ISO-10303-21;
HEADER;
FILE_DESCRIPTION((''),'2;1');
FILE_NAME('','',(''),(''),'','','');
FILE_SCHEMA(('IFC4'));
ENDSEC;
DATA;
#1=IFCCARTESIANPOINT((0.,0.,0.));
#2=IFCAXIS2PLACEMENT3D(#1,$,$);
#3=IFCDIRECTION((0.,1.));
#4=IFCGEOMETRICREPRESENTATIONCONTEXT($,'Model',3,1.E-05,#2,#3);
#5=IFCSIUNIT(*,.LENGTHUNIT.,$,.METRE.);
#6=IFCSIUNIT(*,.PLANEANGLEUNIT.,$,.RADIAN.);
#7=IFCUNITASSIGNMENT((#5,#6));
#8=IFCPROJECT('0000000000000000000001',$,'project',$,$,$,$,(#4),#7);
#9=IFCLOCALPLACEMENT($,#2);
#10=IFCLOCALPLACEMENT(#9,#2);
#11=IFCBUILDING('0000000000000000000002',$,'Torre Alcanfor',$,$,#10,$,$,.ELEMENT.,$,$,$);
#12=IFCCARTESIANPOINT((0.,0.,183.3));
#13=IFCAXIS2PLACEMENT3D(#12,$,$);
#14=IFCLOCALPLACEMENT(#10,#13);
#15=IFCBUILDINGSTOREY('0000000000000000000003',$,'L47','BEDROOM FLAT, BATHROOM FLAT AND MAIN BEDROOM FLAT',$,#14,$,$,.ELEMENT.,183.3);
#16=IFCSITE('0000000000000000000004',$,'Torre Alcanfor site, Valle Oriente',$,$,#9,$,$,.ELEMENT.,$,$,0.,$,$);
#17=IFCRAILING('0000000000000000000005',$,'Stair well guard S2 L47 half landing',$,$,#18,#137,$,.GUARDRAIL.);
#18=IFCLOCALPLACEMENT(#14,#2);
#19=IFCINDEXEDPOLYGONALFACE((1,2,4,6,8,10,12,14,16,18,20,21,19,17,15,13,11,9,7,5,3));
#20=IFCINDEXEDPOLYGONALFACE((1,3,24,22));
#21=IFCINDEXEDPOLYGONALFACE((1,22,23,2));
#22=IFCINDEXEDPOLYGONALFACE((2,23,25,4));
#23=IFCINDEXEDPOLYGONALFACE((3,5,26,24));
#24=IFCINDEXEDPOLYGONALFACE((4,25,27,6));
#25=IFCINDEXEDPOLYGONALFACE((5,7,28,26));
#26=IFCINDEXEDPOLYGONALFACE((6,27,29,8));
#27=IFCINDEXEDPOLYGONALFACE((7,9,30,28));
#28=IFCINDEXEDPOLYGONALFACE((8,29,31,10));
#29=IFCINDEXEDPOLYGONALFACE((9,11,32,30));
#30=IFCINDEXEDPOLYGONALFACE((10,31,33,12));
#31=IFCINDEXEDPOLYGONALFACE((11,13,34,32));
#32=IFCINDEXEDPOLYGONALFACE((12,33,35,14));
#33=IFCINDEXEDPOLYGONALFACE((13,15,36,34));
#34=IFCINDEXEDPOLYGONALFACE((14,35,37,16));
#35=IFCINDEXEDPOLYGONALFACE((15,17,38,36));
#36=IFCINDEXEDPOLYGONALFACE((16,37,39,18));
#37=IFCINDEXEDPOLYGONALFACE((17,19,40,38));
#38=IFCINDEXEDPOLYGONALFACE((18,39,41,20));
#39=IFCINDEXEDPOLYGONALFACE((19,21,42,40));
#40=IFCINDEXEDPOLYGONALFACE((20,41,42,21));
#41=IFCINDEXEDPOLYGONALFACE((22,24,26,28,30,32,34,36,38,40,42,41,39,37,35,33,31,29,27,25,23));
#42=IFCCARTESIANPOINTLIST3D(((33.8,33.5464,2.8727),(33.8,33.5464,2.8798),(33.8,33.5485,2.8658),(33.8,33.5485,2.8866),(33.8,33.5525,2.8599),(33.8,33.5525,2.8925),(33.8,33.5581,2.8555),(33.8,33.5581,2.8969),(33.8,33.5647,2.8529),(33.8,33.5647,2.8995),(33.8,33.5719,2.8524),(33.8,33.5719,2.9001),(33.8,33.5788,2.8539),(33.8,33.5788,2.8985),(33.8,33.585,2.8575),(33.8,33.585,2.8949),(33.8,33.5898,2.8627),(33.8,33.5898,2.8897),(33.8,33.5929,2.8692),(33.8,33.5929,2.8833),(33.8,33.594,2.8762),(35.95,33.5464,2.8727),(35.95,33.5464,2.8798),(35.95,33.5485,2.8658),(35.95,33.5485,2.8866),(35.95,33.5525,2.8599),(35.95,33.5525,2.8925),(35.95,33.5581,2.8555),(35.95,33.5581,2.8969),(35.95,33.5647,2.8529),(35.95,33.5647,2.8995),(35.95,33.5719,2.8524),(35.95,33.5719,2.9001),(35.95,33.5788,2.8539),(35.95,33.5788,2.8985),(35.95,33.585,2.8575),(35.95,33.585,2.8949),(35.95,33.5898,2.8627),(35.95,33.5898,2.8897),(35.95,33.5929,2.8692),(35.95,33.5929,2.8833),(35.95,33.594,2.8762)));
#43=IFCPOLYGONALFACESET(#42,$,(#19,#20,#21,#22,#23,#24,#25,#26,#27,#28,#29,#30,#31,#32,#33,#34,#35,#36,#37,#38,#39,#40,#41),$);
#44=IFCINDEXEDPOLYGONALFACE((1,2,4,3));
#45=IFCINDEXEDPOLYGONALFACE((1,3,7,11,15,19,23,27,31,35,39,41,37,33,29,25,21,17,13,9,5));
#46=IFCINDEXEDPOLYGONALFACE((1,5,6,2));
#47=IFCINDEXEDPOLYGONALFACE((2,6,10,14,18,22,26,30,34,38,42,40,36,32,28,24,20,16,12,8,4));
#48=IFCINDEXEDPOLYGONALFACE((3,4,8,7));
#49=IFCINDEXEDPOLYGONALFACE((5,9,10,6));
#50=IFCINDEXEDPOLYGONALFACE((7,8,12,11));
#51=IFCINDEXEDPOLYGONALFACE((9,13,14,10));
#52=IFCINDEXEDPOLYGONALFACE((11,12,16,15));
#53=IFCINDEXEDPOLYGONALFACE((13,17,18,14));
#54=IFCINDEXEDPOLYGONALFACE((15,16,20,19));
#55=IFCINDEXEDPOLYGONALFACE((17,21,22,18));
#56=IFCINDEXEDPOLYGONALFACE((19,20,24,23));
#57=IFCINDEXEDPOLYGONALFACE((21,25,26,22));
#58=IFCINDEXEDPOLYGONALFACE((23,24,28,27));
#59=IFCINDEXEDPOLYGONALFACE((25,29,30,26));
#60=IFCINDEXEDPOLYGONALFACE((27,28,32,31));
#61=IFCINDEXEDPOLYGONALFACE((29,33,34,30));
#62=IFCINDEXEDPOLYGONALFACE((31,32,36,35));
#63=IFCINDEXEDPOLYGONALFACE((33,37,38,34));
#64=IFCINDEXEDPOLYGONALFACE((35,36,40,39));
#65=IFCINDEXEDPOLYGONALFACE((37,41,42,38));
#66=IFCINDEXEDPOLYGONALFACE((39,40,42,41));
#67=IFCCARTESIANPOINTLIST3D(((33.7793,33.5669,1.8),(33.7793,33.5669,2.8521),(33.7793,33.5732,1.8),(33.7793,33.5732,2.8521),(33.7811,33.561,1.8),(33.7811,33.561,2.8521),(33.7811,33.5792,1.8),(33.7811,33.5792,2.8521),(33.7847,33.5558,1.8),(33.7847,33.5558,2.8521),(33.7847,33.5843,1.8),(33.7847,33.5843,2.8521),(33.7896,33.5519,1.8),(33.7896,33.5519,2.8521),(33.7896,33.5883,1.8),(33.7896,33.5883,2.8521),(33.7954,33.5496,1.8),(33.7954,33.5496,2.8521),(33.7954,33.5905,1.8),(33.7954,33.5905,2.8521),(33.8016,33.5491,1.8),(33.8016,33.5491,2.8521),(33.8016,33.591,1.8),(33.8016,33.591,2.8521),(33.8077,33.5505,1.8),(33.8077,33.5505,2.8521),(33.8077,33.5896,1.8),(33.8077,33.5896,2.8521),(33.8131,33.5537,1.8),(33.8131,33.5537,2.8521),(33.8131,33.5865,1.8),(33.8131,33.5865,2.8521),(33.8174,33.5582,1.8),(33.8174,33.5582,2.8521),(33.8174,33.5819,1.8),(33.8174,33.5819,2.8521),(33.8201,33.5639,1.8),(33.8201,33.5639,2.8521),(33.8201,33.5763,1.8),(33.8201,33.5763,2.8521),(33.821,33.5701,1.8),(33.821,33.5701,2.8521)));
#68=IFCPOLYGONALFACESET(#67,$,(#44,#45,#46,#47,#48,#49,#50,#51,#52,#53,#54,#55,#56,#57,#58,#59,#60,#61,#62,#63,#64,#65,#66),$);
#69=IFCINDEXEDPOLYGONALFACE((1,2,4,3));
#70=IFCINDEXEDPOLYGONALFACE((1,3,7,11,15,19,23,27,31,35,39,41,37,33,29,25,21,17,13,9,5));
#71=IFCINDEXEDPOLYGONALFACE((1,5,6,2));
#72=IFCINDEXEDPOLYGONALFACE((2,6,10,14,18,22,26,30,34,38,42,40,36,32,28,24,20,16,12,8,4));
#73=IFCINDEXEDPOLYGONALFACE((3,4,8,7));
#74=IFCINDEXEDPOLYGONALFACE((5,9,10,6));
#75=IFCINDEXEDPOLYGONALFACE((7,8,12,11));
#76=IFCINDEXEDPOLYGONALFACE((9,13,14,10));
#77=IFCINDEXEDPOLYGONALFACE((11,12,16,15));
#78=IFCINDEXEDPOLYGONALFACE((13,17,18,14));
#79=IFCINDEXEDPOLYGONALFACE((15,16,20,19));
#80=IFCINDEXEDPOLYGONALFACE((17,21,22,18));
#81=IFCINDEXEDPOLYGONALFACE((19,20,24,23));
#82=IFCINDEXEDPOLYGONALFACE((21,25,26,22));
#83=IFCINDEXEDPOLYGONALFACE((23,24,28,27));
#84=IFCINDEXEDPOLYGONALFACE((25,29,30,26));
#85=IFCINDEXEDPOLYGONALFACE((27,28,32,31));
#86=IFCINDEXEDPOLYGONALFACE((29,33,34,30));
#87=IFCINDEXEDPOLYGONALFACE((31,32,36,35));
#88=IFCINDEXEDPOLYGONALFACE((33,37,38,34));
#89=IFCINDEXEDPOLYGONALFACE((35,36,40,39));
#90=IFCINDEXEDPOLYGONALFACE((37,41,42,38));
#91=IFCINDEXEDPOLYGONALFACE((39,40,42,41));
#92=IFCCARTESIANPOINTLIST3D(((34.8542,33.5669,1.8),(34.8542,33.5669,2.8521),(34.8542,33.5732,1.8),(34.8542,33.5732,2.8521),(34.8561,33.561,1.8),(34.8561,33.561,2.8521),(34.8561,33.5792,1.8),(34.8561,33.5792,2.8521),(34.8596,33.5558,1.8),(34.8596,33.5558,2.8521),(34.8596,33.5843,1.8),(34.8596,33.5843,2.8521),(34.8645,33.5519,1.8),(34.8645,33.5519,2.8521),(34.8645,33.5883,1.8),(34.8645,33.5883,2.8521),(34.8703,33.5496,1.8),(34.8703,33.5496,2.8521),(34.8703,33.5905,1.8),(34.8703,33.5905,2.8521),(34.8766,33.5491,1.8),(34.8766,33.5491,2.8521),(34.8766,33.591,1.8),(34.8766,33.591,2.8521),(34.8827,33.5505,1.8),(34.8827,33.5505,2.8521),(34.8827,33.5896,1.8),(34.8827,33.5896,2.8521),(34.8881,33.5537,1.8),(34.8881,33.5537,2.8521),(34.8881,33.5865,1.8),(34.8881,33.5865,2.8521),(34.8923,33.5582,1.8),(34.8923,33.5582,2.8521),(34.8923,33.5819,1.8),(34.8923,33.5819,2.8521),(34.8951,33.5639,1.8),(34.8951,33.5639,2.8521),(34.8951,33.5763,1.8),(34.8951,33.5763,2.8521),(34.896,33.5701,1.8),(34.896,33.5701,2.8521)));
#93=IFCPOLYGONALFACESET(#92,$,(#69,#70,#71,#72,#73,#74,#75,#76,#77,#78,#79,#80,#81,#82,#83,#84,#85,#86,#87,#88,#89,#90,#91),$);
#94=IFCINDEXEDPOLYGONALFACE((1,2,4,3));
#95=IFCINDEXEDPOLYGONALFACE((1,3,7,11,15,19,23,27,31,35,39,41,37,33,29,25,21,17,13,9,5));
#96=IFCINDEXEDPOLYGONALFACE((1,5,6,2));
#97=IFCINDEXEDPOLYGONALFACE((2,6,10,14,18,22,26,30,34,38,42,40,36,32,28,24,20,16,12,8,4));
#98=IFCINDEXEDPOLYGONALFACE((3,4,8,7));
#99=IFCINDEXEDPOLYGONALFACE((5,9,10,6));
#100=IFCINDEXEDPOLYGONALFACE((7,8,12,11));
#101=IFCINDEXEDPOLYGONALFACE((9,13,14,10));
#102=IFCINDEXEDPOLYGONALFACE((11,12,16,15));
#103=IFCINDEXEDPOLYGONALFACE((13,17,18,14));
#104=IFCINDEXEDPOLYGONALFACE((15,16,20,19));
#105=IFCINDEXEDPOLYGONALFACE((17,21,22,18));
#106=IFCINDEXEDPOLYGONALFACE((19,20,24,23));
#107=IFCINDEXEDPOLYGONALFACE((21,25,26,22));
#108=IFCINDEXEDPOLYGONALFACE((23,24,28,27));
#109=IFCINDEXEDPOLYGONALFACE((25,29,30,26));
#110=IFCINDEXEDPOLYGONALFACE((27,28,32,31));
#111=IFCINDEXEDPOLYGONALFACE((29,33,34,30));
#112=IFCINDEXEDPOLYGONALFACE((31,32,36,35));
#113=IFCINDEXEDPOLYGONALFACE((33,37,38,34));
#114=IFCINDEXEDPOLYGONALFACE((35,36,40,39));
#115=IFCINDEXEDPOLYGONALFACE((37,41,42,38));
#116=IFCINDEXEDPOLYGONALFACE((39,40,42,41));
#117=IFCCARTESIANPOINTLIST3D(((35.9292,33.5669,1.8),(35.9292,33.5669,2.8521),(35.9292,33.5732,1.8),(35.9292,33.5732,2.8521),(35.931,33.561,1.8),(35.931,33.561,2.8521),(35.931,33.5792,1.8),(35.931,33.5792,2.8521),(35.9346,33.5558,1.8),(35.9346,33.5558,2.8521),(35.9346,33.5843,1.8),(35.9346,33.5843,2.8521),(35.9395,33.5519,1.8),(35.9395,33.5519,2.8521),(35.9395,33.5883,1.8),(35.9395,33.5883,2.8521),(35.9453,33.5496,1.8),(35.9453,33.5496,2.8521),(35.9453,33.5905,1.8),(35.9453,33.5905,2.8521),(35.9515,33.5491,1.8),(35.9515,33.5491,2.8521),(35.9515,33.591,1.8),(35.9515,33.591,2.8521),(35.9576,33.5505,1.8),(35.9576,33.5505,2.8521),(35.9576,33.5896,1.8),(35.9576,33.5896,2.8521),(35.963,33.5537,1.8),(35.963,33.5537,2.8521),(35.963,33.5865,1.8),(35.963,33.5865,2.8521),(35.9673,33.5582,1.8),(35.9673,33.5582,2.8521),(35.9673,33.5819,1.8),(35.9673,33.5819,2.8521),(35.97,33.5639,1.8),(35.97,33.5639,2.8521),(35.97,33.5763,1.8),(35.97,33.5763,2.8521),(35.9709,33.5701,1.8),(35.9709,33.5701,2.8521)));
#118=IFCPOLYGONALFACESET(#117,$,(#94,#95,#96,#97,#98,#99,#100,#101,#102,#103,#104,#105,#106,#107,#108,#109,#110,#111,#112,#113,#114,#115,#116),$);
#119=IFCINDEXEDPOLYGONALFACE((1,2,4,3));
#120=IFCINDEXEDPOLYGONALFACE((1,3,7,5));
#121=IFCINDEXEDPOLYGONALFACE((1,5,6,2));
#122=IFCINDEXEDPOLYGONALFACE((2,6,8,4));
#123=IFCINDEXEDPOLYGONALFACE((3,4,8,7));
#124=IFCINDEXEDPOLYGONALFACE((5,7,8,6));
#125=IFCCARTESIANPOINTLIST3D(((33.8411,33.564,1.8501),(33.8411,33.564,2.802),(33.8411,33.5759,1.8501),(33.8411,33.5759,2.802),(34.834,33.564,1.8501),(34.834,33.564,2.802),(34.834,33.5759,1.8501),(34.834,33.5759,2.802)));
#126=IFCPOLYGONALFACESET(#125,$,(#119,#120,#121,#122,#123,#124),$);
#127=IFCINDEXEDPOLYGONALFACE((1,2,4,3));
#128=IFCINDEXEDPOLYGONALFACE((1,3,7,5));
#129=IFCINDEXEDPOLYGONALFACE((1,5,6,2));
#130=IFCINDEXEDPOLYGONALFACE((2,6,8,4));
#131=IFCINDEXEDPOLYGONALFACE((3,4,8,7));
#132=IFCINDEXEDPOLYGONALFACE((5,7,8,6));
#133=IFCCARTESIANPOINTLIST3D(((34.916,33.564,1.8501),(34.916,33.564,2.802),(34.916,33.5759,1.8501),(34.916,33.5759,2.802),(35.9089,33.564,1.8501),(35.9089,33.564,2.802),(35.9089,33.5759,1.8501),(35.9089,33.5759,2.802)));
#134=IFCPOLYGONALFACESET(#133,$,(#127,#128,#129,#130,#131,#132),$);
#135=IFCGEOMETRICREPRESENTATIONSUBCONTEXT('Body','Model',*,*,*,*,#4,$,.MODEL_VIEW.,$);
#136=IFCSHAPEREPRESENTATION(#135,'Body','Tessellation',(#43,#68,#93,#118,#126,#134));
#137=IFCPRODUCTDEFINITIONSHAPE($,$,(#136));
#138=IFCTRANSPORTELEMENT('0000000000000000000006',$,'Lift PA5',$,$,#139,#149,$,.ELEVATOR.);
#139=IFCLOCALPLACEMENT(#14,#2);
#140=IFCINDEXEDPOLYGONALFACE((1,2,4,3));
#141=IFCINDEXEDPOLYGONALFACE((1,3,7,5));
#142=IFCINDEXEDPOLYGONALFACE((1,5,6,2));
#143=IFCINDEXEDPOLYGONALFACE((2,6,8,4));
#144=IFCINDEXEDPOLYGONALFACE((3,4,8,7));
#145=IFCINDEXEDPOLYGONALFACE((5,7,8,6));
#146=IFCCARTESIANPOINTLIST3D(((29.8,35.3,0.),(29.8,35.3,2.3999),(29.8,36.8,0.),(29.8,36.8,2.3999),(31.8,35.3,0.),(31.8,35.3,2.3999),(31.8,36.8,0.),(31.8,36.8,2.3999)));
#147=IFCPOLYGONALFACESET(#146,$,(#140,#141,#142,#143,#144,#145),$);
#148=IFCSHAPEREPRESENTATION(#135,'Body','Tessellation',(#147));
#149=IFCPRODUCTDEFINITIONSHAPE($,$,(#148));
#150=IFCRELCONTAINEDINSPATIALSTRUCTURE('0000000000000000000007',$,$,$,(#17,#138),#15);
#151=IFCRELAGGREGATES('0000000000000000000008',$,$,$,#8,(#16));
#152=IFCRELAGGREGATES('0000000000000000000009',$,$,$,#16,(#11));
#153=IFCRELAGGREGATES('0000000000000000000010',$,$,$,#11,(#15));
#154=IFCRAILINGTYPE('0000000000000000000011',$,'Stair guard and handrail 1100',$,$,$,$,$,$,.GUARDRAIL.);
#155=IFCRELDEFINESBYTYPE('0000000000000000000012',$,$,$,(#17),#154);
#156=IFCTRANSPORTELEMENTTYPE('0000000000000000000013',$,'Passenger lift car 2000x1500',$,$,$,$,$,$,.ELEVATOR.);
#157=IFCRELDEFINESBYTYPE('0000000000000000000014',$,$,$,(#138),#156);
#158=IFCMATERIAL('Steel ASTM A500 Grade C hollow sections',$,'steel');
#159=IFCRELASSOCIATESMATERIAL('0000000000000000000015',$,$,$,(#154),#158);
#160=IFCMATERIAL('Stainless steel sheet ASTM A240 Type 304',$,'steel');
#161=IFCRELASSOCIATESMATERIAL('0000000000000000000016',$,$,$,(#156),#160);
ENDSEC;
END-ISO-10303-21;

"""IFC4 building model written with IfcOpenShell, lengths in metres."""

from ifc_helpers import new_model, si_unit, direction, frame, origin, origin_2d, place, context, subcontext, project, spatial, polyline, rectangle, circle, outline, extrude, material, type_object, element, save


model = new_model("IFC4")

# Units and contexts
model_context = context("Model", 3, precision=1e-05, world=origin(), true_north=direction((0.0, 1.0)))
body_context = subcontext(model_context, "Body", "Model", "MODEL_VIEW")
ifc_project = project(units=[si_unit("LENGTHUNIT", "METRE"), si_unit("PLANEANGLEUNIT", "RADIAN")], contexts=[model_context])

# Site, building, storey
site_placement = place(None, origin())
site = spatial("IfcSite", under=ifc_project, at=site_placement, Name="Torre Alcanfor site, Valle Oriente", CompositionType="ELEMENT", RefElevation=0.0)
building_placement = place(site_placement, origin())
building = spatial("IfcBuilding", under=site, at=building_placement, Name="Torre Alcanfor", CompositionType="ELEMENT")
storey_placement = place(building_placement, frame((0.0, 0.0, 183.3)))
storey = spatial("IfcBuildingStorey", under=building, at=storey_placement, Name="L47", Description="BEDROOM FLAT, BATHROOM FLAT AND MAIN BEDROOM FLAT", CompositionType="ELEMENT", Elevation=183.3)

# Railing
ifc_material_1 = material(Name="Steel ASTM A500 Grade C hollow sections", Category="steel")
railing_type_1 = type_object("IfcRailingType", Name="Stair guard and handrail 1100", PredefinedType="GUARDRAIL", material=ifc_material_1)
for number, where, name in (
    (1, (33.8, 33.5701, 1.8), "Stair well guard S2 L47 half landing"),
):
    element("IfcRailing", number, at=place(storey_placement, frame(where)), inside=storey, type_object=railing_type_1, Name=name, PredefinedType="GUARDRAIL", context=body_context, shape_type="SweptSolid", body=[
        extrude(circle(Radius=0.0239, at=origin_2d()), frame((0.0, 0.0, 1.0762), z_axis=(1.0, 0.0, 0.0), x_axis=(0.0, 1.0, 0.0)), (0.0, 0.0, 1.0), 2.1499),
        extrude(circle(Radius=0.021, at=origin_2d()), origin(), (0.0, 0.0, 1.0), 1.052),
        extrude(circle(Radius=0.021, at=origin_2d()), frame((1.075, 0.0, 0.0)), (0.0, 0.0, 1.0), 1.052),
        extrude(circle(Radius=0.021, at=origin_2d()), frame((2.1499, 0.0, 0.0)), (0.0, 0.0, 1.0), 1.052),
        extrude(outline(polyline([(0.041, 0.05), (1.0339, 0.05), (1.0339, 1.002), (0.041, 1.002), (0.041, 0.05)])), frame((0.0, 0.0059, 0.0), z_axis=(0.0, -1.0, 0.0), x_axis=(1.0, 0.0, 0.0)), (0.0, 0.0, 1.0), 0.012),
        extrude(outline(polyline([(1.116, 0.05), (2.1089, 0.05), (2.1089, 1.002), (1.116, 1.002), (1.116, 0.05)])), frame((0.0, 0.0059, 0.0), z_axis=(0.0, -1.0, 0.0), x_axis=(1.0, 0.0, 0.0)), (0.0, 0.0, 1.0), 0.012),
    ])

# Transport element
ifc_material_2 = material(Name="Stainless steel sheet ASTM A240 Type 304", Category="steel")
transport_element_type = type_object("IfcTransportElementType", Name="Passenger lift car 2000x1500", PredefinedType="ELEVATOR", material=ifc_material_2)
transport_element_placement = place(storey_placement, frame((30.8, 36.05, 0.0), z_axis=(0.0, 0.0, 1.0), x_axis=(1.0, 0.0, 0.0)))
element("IfcTransportElement", 2, at=transport_element_placement, inside=storey, type_object=transport_element_type, Name="Lift PA5", PredefinedType="ELEVATOR", context=body_context, shape_type="SweptSolid", body=[
    extrude(rectangle(XDim=2.0, YDim=1.5, at=origin_2d()), origin(), (0.0, 0.0, 1.0), 2.3999),
])

save(model, "model.ifc")
